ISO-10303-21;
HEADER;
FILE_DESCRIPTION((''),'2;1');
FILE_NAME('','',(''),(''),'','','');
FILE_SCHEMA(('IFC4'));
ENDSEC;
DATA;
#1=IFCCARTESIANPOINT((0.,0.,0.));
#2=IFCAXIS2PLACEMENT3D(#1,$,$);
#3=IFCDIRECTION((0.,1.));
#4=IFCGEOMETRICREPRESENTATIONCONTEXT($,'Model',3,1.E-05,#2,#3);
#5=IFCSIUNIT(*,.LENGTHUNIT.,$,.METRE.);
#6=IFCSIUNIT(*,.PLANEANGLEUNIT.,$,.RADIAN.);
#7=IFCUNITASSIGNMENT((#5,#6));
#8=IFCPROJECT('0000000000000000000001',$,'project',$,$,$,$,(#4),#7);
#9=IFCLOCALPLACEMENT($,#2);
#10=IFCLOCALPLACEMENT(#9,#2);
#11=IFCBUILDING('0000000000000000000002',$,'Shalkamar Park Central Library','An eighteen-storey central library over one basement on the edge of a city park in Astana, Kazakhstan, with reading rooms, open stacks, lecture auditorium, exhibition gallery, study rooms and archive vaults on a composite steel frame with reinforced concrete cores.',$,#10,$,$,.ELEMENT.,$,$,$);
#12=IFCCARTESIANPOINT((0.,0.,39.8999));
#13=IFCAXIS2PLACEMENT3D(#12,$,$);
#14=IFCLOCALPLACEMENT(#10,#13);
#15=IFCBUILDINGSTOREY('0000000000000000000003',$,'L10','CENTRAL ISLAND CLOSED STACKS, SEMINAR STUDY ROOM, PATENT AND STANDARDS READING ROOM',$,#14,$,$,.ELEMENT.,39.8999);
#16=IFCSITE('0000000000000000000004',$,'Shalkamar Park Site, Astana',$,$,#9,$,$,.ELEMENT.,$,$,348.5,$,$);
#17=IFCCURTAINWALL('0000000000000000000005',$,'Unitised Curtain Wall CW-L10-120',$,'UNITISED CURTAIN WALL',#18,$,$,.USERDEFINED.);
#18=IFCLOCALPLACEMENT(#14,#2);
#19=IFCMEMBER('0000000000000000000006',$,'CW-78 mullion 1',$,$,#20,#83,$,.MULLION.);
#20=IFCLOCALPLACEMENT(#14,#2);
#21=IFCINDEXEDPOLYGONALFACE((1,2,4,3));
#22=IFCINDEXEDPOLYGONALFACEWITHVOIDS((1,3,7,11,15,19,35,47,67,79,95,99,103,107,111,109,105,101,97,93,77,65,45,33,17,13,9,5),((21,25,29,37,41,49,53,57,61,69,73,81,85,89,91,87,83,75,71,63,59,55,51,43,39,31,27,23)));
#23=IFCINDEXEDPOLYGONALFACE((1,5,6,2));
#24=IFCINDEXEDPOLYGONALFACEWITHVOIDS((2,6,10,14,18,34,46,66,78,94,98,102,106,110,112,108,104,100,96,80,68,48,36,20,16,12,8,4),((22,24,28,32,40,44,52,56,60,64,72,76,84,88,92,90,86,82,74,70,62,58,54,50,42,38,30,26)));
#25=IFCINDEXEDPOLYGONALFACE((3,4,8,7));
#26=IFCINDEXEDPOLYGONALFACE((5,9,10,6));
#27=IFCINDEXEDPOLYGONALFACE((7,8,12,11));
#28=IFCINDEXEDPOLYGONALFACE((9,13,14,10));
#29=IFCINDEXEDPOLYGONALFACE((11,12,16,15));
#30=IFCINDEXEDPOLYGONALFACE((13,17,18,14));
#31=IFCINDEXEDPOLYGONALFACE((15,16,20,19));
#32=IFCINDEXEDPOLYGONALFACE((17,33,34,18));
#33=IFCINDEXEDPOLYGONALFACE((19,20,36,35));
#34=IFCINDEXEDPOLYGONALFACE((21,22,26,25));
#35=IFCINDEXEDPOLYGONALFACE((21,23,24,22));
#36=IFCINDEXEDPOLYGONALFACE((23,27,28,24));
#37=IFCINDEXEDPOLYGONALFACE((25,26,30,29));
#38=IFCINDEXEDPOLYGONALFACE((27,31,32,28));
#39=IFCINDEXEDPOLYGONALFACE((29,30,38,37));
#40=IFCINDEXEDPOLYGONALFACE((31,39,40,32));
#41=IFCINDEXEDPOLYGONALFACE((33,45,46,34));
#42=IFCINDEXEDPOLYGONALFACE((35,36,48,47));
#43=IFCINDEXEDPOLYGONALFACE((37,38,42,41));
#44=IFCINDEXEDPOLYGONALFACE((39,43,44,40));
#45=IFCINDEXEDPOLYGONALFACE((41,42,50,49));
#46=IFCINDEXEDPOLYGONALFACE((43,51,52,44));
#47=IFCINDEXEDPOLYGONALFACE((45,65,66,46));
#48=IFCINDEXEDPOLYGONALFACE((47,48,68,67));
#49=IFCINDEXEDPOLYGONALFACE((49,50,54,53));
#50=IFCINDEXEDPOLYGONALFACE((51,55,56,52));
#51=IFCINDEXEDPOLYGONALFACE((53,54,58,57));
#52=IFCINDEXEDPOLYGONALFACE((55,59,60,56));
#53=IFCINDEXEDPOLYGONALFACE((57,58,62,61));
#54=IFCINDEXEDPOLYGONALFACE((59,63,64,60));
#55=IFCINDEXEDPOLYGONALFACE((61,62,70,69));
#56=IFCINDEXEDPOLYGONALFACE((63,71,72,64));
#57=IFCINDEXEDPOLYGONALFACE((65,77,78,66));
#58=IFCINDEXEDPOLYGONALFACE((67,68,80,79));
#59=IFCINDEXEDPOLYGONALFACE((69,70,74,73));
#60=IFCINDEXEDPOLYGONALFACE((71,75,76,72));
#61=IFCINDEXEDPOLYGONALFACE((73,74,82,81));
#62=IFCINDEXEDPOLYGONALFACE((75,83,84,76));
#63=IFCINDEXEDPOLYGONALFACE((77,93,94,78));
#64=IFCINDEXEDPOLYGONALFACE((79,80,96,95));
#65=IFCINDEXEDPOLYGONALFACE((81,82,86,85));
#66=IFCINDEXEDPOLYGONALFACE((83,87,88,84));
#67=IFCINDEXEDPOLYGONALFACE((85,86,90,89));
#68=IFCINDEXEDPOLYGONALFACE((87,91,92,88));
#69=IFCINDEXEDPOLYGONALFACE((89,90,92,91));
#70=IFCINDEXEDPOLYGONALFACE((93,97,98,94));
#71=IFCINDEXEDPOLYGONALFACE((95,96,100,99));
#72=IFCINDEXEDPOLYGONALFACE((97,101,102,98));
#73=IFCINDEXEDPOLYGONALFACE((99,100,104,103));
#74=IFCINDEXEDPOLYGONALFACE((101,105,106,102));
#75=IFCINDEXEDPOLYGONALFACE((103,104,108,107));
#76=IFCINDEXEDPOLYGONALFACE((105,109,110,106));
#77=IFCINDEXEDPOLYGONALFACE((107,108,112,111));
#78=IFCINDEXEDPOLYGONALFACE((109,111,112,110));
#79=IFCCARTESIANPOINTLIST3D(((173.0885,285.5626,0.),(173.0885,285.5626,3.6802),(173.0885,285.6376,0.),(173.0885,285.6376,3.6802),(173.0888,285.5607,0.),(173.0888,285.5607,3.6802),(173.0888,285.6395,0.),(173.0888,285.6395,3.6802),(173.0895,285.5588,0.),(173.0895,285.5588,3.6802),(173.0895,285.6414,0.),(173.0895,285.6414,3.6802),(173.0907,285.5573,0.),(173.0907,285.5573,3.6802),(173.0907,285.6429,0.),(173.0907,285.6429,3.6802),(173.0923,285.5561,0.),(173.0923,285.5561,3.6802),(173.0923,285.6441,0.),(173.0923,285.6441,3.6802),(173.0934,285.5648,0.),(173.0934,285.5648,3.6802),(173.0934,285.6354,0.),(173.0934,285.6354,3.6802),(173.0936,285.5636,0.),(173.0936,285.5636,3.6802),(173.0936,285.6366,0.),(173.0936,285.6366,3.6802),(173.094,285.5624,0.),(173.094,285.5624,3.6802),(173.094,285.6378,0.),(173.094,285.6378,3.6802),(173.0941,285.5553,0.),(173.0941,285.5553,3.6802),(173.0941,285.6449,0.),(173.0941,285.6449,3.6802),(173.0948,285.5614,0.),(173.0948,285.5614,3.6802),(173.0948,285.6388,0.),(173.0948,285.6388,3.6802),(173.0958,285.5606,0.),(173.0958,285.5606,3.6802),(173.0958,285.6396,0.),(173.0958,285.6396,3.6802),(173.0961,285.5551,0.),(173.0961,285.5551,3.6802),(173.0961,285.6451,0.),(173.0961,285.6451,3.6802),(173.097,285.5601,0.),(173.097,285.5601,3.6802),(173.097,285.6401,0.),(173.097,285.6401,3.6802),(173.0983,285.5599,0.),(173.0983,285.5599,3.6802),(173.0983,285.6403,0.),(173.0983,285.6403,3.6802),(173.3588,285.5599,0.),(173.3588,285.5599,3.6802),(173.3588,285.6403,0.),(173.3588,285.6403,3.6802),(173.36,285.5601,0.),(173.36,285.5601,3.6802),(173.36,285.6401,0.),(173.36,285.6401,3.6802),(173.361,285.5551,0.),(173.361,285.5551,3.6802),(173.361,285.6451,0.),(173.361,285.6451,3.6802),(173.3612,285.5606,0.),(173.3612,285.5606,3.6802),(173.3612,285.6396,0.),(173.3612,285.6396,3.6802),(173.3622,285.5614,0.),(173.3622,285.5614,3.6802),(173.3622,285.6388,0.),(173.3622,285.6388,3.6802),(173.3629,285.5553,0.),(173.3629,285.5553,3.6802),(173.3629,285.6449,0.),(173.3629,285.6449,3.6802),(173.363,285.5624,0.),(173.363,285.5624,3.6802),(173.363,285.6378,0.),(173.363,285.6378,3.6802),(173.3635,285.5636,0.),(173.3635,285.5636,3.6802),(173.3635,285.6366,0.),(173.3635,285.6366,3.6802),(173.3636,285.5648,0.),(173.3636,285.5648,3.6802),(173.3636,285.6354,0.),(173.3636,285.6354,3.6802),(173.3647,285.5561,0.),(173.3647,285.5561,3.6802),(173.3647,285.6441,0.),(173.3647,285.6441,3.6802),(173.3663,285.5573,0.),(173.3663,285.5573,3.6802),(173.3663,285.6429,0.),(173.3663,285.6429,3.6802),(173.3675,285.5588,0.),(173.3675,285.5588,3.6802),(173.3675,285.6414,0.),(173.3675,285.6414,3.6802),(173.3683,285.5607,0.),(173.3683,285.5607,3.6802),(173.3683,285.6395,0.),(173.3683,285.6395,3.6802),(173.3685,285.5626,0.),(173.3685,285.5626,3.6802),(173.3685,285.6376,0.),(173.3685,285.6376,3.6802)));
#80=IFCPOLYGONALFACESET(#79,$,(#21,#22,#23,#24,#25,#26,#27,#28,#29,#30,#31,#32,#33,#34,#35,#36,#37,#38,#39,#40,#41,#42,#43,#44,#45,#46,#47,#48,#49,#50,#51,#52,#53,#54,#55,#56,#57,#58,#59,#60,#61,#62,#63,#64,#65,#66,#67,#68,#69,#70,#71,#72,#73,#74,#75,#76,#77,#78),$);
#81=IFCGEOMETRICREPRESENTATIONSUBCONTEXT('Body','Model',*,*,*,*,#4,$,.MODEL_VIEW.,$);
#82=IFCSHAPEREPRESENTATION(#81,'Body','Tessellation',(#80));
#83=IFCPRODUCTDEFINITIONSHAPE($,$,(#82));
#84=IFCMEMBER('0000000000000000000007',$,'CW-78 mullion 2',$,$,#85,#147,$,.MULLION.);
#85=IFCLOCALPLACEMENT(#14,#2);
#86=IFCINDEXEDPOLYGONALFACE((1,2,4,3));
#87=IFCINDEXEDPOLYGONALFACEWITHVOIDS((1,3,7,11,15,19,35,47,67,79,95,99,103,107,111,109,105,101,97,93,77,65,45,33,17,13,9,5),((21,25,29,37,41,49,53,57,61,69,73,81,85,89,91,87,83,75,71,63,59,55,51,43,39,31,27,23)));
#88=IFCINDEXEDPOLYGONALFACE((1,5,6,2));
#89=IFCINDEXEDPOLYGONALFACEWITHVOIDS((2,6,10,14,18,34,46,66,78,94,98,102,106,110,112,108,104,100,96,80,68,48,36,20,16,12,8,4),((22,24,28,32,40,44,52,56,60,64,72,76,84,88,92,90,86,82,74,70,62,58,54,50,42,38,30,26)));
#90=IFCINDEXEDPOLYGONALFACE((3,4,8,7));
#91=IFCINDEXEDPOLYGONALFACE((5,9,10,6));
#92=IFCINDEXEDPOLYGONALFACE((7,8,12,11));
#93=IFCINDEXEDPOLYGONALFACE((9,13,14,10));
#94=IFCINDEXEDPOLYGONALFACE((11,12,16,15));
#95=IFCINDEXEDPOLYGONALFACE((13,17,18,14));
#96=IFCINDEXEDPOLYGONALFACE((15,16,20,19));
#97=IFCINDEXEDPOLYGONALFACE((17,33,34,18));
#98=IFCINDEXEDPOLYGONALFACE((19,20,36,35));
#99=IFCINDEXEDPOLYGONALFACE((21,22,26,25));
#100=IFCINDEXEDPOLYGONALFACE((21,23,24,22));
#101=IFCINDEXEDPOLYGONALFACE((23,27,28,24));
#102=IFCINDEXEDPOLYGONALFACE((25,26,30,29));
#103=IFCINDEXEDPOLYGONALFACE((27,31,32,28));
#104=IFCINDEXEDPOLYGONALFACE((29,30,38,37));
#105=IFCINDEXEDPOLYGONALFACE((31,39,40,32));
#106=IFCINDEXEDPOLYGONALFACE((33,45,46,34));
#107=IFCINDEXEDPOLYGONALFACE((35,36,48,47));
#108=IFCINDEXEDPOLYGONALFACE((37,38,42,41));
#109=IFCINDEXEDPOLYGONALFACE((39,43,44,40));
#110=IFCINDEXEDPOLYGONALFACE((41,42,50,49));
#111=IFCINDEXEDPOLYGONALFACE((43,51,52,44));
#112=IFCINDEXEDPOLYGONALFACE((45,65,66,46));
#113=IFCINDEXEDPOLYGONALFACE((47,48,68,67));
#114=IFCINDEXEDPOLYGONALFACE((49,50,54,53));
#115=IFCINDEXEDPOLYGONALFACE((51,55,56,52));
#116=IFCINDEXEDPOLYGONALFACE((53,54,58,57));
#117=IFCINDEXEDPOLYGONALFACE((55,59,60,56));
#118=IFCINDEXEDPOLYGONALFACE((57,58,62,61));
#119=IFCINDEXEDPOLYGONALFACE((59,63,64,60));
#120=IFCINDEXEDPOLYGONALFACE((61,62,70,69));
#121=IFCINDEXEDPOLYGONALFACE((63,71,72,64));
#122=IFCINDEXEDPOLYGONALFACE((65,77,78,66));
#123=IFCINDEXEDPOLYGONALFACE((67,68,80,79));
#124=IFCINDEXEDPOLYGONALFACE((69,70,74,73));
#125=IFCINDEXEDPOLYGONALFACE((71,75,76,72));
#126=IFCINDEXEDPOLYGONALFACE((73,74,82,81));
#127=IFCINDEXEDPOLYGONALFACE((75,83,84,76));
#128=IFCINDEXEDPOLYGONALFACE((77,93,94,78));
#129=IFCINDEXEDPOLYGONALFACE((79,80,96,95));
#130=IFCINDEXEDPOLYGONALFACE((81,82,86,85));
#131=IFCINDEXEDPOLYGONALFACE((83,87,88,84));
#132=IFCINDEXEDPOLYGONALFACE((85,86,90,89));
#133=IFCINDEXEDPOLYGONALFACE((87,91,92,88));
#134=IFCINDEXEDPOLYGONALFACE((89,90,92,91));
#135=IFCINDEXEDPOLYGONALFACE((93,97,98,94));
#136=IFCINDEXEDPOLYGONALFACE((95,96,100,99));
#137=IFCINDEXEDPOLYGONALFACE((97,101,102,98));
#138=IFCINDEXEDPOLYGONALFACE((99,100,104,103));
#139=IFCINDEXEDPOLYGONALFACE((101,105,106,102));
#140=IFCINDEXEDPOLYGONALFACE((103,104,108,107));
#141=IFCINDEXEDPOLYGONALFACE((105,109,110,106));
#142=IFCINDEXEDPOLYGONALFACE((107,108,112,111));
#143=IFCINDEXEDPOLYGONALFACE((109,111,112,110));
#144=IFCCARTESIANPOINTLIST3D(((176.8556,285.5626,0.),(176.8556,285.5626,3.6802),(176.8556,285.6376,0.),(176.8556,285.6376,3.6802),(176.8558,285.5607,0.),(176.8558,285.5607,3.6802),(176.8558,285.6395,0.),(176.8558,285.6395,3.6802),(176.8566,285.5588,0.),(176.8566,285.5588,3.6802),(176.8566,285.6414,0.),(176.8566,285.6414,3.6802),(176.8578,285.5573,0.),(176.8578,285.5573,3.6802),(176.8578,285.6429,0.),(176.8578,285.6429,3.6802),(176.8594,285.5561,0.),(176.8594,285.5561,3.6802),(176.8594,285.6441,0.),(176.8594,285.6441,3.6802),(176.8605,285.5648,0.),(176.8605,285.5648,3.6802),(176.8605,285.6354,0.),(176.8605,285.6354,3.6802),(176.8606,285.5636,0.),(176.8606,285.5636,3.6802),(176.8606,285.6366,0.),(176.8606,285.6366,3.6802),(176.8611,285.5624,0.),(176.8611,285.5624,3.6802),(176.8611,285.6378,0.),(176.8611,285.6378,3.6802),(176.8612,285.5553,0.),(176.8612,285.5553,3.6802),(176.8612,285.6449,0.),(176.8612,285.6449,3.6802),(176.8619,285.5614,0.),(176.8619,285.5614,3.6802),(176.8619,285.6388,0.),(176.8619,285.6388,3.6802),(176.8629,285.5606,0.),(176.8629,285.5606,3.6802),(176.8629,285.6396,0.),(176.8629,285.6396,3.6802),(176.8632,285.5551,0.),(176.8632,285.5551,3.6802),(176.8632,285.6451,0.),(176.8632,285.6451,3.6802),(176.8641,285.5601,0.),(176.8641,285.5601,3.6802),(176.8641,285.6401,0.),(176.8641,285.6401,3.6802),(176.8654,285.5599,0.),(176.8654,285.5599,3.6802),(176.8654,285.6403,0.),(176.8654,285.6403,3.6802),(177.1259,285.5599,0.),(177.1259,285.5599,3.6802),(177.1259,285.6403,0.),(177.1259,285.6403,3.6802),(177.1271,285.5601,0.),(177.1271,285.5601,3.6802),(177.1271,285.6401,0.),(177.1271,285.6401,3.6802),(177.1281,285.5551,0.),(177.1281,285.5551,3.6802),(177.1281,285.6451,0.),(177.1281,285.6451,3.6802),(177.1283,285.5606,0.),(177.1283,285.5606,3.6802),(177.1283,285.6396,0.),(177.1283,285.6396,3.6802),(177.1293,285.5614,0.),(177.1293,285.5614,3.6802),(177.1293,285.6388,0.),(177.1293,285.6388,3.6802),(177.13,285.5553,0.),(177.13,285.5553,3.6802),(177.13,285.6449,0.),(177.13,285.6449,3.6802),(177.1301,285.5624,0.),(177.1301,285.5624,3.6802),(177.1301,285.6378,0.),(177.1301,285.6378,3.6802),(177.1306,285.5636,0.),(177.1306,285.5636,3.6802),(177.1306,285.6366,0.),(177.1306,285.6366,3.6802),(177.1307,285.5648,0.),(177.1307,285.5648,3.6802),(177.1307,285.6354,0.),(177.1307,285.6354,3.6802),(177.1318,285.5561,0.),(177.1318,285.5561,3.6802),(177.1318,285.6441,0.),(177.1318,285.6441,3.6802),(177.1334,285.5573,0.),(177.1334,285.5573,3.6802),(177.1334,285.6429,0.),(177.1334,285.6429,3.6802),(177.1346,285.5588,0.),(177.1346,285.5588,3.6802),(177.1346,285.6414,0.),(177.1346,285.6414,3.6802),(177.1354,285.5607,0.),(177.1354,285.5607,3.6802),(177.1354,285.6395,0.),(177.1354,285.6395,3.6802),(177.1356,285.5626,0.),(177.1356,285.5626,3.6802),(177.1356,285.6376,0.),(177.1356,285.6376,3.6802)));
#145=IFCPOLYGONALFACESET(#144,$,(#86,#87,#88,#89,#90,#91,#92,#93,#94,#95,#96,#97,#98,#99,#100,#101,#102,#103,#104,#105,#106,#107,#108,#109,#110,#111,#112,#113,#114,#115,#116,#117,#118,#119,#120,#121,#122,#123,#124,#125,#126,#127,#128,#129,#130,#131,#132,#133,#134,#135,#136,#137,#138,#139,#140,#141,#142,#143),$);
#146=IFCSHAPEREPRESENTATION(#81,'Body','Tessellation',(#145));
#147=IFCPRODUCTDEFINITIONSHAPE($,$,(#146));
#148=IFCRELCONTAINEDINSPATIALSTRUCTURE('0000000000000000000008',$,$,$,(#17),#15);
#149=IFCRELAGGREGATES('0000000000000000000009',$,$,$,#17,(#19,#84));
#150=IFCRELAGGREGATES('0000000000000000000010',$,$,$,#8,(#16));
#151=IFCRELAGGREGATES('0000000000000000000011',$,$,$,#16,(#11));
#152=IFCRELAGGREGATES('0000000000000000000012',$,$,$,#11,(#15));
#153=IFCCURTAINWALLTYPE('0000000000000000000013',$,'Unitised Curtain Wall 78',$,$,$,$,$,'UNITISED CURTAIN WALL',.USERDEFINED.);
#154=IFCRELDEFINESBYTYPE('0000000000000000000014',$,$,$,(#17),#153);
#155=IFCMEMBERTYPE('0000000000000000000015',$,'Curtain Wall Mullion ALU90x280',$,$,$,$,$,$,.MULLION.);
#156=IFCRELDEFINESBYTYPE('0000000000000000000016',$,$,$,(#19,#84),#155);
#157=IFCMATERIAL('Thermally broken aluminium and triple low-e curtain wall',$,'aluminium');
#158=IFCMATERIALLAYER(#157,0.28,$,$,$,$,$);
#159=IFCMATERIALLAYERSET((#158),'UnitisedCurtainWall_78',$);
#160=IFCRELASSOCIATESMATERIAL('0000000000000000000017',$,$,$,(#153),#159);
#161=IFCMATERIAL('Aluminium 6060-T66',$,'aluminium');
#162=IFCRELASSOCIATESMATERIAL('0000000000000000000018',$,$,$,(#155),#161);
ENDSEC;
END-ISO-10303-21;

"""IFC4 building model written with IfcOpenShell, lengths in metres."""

from ifc_helpers import new_model, si_unit, direction, frame, origin, origin_2d, place, context, subcontext, project, spatial, hollow_rectangle, extrude, material, layer, layer_set, material_profile, profile_set, type_object, element, aggregate, save


model = new_model("IFC4")

# Units and contexts
model_context = context("Model", 3, precision=1e-05, world=origin(), true_north=direction((0.0, 1.0)))
body_context = subcontext(model_context, "Body", "Model", "MODEL_VIEW")
ifc_project = project(units=[si_unit("LENGTHUNIT", "METRE"), si_unit("PLANEANGLEUNIT", "RADIAN")], contexts=[model_context])

# Site, building, storey
site_placement = place(None, origin())
site = spatial("IfcSite", under=ifc_project, at=site_placement, Name="Shalkamar Park Site, Astana", CompositionType="ELEMENT", RefElevation=348.5)
building_placement = place(site_placement, origin())
building = spatial("IfcBuilding", under=site, at=building_placement, Name="Shalkamar Park Central Library", Description="An eighteen-storey central library over one basement on the edge of a city park in Astana, Kazakhstan, with reading rooms, open stacks, lecture auditorium, exhibition gallery, study rooms and archive vaults on a composite steel frame with reinforced concrete cores.", CompositionType="ELEMENT")
storey_placement = place(building_placement, frame((0.0, 0.0, 39.8999)))
storey = spatial("IfcBuildingStorey", under=building, at=storey_placement, Name="L10", Description="CENTRAL ISLAND CLOSED STACKS, SEMINAR STUDY ROOM, PATENT AND STANDARDS READING ROOM", CompositionType="ELEMENT", Elevation=39.8999)

# Curtain wall, members
ifc_material_1 = material(Name="Thermally broken aluminium and triple low-e curtain wall", Category="aluminium")
ifc_material_2 = material(Name="Aluminium 6060-T66", Category="aluminium")
ifc_layer_1 = layer(ifc_material_1, 0.28)
ifc_layer_set_1 = layer_set([ifc_layer_1], Name="UnitisedCurtainWall_78")
curtain_wall_type_1 = type_object("IfcCurtainWallType", Name="Unitised Curtain Wall 78", ElementType="UNITISED CURTAIN WALL", PredefinedType="USERDEFINED", material=ifc_layer_set_1)
curtain_wall_1_placement = place(storey_placement, origin())
curtain_wall_1 = element("IfcCurtainWall", 1, at=curtain_wall_1_placement, inside=storey, type_object=curtain_wall_type_1, Name="Unitised Curtain Wall CW-L10-120", ObjectType="UNITISED CURTAIN WALL", PredefinedType="USERDEFINED")
ifc_material_profile_1 = material_profile(ifc_material_2, hollow_rectangle(XDim=0.0901, YDim=0.28, WallThickness=0.0049, InnerFilletRadius=0.0049, OuterFilletRadius=0.0076, at=origin_2d()), Name="ALU 90x280x5")
ifc_profile_set_1 = profile_set([ifc_material_profile_1], Name="Aluminium 6060-T66")
member_type_1 = type_object("IfcMemberType", Name="Curtain Wall Mullion ALU90x280", PredefinedType="MULLION", material=ifc_profile_set_1)
member_1_placement = place(storey_placement, frame((173.2285, 285.6001, 0.0), z_axis=(0.0, 0.0, 1.0), x_axis=(0.0, 1.0, 0.0)))
member_1 = element("IfcMember", 2, at=member_1_placement, type_object=member_type_1, Name="CW-78 mullion 1", PredefinedType="MULLION", context=body_context, shape_type="SweptSolid", body=[
    extrude(hollow_rectangle(XDim=0.0901, YDim=0.28, WallThickness=0.0049, InnerFilletRadius=0.0049, OuterFilletRadius=0.0076, at=origin_2d()), origin(), (0.0, 0.0, 1.0), 3.6802),
])
member_2_placement = place(storey_placement, frame((176.9956, 285.6001, 0.0), z_axis=(0.0, 0.0, 1.0), x_axis=(0.0, 1.0, 0.0)))
member_2 = element("IfcMember", 3, at=member_2_placement, type_object=member_type_1, Name="CW-78 mullion 2", PredefinedType="MULLION", context=body_context, shape_type="SweptSolid", body=[
    extrude(hollow_rectangle(XDim=0.0901, YDim=0.28, WallThickness=0.0049, InnerFilletRadius=0.0049, OuterFilletRadius=0.0076, at=origin_2d()), origin(), (0.0, 0.0, 1.0), 3.6802),
])

aggregate(curtain_wall_1, [member_1, member_2])

save(model, "model.ifc")
